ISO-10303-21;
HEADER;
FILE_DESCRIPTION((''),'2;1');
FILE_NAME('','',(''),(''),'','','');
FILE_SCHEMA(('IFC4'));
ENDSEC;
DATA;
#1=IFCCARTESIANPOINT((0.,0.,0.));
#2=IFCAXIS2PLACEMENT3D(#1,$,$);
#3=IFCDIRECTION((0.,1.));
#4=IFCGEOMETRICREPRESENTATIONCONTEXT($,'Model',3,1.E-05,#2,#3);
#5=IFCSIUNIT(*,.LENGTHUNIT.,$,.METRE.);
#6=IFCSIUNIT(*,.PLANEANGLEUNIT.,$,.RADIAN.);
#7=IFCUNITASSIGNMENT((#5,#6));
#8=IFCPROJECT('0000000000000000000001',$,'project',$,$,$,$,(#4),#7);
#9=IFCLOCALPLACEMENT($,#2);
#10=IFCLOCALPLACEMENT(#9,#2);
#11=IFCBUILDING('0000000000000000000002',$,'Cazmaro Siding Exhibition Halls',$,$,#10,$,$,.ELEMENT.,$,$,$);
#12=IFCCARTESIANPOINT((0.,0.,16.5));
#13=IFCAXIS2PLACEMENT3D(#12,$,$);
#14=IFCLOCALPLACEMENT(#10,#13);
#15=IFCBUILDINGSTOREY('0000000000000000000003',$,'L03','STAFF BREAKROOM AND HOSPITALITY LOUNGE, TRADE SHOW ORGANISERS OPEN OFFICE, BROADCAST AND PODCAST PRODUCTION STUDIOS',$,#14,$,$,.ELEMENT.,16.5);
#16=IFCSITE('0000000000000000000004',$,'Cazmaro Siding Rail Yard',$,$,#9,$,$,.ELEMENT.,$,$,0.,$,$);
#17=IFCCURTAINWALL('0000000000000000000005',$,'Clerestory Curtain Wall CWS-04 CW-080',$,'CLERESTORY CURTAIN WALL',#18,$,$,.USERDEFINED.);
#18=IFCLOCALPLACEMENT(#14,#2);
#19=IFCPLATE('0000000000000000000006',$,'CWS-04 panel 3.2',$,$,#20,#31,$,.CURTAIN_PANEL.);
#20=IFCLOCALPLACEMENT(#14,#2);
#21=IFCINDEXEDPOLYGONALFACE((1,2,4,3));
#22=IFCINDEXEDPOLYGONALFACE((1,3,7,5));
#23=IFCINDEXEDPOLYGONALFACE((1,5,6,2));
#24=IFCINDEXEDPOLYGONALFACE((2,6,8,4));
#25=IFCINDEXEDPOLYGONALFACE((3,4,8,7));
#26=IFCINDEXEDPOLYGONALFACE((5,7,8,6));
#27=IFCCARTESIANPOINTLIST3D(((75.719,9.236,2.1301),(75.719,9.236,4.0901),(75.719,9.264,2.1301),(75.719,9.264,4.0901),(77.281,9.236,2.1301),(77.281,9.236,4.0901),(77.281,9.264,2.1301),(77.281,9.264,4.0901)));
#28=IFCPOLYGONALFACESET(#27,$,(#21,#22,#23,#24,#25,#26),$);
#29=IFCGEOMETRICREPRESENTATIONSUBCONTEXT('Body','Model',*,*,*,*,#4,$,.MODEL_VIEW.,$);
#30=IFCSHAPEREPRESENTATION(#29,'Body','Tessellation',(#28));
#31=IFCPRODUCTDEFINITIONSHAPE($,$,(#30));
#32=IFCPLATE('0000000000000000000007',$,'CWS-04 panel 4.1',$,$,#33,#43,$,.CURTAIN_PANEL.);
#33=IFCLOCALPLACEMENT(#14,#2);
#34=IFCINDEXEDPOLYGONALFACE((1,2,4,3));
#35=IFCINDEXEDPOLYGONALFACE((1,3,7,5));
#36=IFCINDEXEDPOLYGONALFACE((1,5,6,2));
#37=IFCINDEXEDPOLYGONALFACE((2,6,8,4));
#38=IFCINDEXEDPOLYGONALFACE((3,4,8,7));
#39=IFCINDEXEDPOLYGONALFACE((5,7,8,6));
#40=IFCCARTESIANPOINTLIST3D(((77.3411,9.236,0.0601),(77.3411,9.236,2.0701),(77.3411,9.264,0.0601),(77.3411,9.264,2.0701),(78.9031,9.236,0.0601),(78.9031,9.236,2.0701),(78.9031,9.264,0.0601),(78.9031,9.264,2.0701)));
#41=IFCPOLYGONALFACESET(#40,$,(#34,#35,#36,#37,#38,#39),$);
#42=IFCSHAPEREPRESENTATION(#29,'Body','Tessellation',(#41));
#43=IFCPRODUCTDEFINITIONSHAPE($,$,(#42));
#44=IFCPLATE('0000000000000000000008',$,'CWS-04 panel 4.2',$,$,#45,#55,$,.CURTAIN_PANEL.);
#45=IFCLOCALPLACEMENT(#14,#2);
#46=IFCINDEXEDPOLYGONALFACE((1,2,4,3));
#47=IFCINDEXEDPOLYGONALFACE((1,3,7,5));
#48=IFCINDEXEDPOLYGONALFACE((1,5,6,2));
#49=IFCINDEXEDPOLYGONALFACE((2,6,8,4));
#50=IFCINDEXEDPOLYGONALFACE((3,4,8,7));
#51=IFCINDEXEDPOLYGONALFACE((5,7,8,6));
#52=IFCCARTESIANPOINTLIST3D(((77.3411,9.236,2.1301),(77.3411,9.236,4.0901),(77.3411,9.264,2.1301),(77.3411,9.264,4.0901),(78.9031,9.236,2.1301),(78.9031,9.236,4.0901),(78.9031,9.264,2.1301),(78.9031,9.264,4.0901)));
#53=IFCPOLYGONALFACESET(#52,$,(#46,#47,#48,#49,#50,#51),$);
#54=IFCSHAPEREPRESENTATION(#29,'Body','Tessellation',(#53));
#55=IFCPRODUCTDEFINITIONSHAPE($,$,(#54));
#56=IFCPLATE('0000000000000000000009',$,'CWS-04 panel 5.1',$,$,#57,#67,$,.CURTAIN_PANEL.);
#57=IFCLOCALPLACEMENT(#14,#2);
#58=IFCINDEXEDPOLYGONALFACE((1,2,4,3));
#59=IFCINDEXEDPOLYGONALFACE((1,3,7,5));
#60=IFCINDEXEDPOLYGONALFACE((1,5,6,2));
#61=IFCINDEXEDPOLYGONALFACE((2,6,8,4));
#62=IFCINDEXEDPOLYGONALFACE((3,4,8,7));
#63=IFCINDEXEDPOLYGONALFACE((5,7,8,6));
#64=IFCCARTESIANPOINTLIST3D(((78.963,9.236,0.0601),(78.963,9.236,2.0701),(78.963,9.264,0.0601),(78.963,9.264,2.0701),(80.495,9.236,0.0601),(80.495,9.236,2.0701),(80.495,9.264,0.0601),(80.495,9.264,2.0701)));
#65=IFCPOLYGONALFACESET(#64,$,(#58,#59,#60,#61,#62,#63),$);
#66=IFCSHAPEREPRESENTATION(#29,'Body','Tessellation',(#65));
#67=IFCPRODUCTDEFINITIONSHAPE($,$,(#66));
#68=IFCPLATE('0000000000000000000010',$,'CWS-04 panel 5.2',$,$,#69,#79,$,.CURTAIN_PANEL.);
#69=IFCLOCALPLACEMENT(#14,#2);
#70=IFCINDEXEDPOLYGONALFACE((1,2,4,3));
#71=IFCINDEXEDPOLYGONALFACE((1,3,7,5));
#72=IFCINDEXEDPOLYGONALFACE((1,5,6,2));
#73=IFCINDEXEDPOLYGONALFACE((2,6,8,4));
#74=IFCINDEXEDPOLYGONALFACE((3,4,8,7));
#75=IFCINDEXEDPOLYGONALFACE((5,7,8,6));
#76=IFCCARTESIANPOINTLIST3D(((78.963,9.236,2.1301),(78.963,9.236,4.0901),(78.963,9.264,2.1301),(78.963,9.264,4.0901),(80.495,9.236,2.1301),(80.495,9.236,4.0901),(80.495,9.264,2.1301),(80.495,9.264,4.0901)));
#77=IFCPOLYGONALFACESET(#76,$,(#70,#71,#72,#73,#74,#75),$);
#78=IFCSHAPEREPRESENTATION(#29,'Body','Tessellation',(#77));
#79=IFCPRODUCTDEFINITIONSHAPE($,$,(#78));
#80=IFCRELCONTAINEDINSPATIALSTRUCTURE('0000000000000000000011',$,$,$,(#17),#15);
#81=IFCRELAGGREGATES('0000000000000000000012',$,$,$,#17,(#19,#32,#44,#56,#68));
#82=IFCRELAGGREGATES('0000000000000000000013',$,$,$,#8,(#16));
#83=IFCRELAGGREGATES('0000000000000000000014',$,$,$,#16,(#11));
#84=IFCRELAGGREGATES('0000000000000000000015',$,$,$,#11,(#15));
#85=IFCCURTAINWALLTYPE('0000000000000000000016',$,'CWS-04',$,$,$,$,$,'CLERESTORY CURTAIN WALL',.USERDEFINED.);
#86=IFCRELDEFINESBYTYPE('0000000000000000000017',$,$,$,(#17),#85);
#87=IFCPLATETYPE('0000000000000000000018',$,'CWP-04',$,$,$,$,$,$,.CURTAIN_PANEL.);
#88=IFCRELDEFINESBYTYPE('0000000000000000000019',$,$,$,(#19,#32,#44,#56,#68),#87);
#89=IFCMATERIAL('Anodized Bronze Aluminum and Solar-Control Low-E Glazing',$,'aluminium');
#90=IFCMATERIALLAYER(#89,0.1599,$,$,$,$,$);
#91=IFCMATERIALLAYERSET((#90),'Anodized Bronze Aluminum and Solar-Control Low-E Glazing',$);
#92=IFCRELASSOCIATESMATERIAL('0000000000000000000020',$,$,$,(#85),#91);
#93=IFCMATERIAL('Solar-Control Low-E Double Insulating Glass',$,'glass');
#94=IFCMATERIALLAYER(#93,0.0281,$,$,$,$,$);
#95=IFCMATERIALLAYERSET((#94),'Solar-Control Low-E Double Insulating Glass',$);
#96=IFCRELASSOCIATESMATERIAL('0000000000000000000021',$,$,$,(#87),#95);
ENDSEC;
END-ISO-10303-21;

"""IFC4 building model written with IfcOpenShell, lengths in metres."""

from ifc_helpers import new_model, si_unit, direction, frame, origin, origin_2d, place, context, subcontext, project, spatial, rectangle, extrude, material, layer, layer_set, type_object, element, aggregate, save


model = new_model("IFC4")

# Units and contexts
model_context = context("Model", 3, precision=1e-05, world=origin(), true_north=direction((0.0, 1.0)))
body_context = subcontext(model_context, "Body", "Model", "MODEL_VIEW")
ifc_project = project(units=[si_unit("LENGTHUNIT", "METRE"), si_unit("PLANEANGLEUNIT", "RADIAN")], contexts=[model_context])

# Site, building, storey
site_placement = place(None, origin())
site = spatial("IfcSite", under=ifc_project, at=site_placement, Name="Cazmaro Siding Rail Yard", CompositionType="ELEMENT", RefElevation=0.0)
building_placement = place(site_placement, origin())
building = spatial("IfcBuilding", under=site, at=building_placement, Name="Cazmaro Siding Exhibition Halls", CompositionType="ELEMENT")
storey_placement = place(building_placement, frame((0.0, 0.0, 16.5)))
storey = spatial("IfcBuildingStorey", under=building, at=storey_placement, Name="L03", Description="STAFF BREAKROOM AND HOSPITALITY LOUNGE, TRADE SHOW ORGANISERS OPEN OFFICE, BROADCAST AND PODCAST PRODUCTION STUDIOS", CompositionType="ELEMENT", Elevation=16.5)

# Curtain wall
ifc_material_1 = material(Name="Anodized Bronze Aluminum and Solar-Control Low-E Glazing", Category="aluminium")
ifc_layer_1 = layer(ifc_material_1, 0.1599)
ifc_layer_set_1 = layer_set([ifc_layer_1], Name="Anodized Bronze Aluminum and Solar-Control Low-E Glazing")
curtain_wall_type = type_object("IfcCurtainWallType", Name="CWS-04", ElementType="CLERESTORY CURTAIN WALL", PredefinedType="USERDEFINED", material=ifc_layer_set_1)
curtain_wall_placement = place(storey_placement, origin())
curtain_wall = element("IfcCurtainWall", 1, at=curtain_wall_placement, inside=storey, type_object=curtain_wall_type, Name="Clerestory Curtain Wall CWS-04 CW-080", ObjectType="CLERESTORY CURTAIN WALL", PredefinedType="USERDEFINED")

# Plates
ifc_material_2 = material(Name="Solar-Control Low-E Double Insulating Glass", Category="glass")
ifc_layer_2 = layer(ifc_material_2, 0.0281)
ifc_layer_set_2 = layer_set([ifc_layer_2], Name="Solar-Control Low-E Double Insulating Glass")
plate_type = type_object("IfcPlateType", Name="CWP-04", PredefinedType="CURTAIN_PANEL", material=ifc_layer_set_2)
plate_1_placement = place(storey_placement, frame((76.5, 9.25, 2.1301), z_axis=(0.0, 0.0, 1.0), x_axis=(1.0, 0.0, 0.0)))
plate_1 = element("IfcPlate", 2, at=plate_1_placement, type_object=plate_type, Name="CWS-04 panel 3.2", PredefinedType="CURTAIN_PANEL", context=body_context, shape_type="SweptSolid", body=[
    extrude(rectangle(XDim=1.562, YDim=0.0281, at=origin_2d()), origin(), (0.0, 0.0, 1.0), 1.96),
])
plate_2_placement = place(storey_placement, frame((78.1221, 9.25, 0.0601), z_axis=(0.0, 0.0, 1.0), x_axis=(1.0, 0.0, 0.0)))
plate_2 = element("IfcPlate", 3, at=plate_2_placement, type_object=plate_type, Name="CWS-04 panel 4.1", PredefinedType="CURTAIN_PANEL", context=body_context, shape_type="SweptSolid", body=[
    extrude(rectangle(XDim=1.562, YDim=0.0281, at=origin_2d()), origin(), (0.0, 0.0, 1.0), 2.01),
])
plate_3_placement = place(storey_placement, frame((78.1221, 9.25, 2.1301), z_axis=(0.0, 0.0, 1.0), x_axis=(1.0, 0.0, 0.0)))
plate_3 = element("IfcPlate", 4, at=plate_3_placement, type_object=plate_type, Name="CWS-04 panel 4.2", PredefinedType="CURTAIN_PANEL", context=body_context, shape_type="SweptSolid", body=[
    extrude(rectangle(XDim=1.562, YDim=0.0281, at=origin_2d()), origin(), (0.0, 0.0, 1.0), 1.96),
])
plate_4_placement = place(storey_placement, frame((79.729, 9.25, 0.0601), z_axis=(0.0, 0.0, 1.0), x_axis=(1.0, 0.0, 0.0)))
plate_4 = element("IfcPlate", 5, at=plate_4_placement, type_object=plate_type, Name="CWS-04 panel 5.1", PredefinedType="CURTAIN_PANEL", context=body_context, shape_type="SweptSolid", body=[
    extrude(rectangle(XDim=1.532, YDim=0.0281, at=origin_2d()), origin(), (0.0, 0.0, 1.0), 2.01),
])
plate_5_placement = place(storey_placement, frame((79.729, 9.25, 2.1301), z_axis=(0.0, 0.0, 1.0), x_axis=(1.0, 0.0, 0.0)))
plate_5 = element("IfcPlate", 6, at=plate_5_placement, type_object=plate_type, Name="CWS-04 panel 5.2", PredefinedType="CURTAIN_PANEL", context=body_context, shape_type="SweptSolid", body=[
    extrude(rectangle(XDim=1.532, YDim=0.0281, at=origin_2d()), origin(), (0.0, 0.0, 1.0), 1.96),
])
aggregate(curtain_wall, [plate_1, plate_2, plate_3, plate_4, plate_5])

save(model, "model.ifc")
